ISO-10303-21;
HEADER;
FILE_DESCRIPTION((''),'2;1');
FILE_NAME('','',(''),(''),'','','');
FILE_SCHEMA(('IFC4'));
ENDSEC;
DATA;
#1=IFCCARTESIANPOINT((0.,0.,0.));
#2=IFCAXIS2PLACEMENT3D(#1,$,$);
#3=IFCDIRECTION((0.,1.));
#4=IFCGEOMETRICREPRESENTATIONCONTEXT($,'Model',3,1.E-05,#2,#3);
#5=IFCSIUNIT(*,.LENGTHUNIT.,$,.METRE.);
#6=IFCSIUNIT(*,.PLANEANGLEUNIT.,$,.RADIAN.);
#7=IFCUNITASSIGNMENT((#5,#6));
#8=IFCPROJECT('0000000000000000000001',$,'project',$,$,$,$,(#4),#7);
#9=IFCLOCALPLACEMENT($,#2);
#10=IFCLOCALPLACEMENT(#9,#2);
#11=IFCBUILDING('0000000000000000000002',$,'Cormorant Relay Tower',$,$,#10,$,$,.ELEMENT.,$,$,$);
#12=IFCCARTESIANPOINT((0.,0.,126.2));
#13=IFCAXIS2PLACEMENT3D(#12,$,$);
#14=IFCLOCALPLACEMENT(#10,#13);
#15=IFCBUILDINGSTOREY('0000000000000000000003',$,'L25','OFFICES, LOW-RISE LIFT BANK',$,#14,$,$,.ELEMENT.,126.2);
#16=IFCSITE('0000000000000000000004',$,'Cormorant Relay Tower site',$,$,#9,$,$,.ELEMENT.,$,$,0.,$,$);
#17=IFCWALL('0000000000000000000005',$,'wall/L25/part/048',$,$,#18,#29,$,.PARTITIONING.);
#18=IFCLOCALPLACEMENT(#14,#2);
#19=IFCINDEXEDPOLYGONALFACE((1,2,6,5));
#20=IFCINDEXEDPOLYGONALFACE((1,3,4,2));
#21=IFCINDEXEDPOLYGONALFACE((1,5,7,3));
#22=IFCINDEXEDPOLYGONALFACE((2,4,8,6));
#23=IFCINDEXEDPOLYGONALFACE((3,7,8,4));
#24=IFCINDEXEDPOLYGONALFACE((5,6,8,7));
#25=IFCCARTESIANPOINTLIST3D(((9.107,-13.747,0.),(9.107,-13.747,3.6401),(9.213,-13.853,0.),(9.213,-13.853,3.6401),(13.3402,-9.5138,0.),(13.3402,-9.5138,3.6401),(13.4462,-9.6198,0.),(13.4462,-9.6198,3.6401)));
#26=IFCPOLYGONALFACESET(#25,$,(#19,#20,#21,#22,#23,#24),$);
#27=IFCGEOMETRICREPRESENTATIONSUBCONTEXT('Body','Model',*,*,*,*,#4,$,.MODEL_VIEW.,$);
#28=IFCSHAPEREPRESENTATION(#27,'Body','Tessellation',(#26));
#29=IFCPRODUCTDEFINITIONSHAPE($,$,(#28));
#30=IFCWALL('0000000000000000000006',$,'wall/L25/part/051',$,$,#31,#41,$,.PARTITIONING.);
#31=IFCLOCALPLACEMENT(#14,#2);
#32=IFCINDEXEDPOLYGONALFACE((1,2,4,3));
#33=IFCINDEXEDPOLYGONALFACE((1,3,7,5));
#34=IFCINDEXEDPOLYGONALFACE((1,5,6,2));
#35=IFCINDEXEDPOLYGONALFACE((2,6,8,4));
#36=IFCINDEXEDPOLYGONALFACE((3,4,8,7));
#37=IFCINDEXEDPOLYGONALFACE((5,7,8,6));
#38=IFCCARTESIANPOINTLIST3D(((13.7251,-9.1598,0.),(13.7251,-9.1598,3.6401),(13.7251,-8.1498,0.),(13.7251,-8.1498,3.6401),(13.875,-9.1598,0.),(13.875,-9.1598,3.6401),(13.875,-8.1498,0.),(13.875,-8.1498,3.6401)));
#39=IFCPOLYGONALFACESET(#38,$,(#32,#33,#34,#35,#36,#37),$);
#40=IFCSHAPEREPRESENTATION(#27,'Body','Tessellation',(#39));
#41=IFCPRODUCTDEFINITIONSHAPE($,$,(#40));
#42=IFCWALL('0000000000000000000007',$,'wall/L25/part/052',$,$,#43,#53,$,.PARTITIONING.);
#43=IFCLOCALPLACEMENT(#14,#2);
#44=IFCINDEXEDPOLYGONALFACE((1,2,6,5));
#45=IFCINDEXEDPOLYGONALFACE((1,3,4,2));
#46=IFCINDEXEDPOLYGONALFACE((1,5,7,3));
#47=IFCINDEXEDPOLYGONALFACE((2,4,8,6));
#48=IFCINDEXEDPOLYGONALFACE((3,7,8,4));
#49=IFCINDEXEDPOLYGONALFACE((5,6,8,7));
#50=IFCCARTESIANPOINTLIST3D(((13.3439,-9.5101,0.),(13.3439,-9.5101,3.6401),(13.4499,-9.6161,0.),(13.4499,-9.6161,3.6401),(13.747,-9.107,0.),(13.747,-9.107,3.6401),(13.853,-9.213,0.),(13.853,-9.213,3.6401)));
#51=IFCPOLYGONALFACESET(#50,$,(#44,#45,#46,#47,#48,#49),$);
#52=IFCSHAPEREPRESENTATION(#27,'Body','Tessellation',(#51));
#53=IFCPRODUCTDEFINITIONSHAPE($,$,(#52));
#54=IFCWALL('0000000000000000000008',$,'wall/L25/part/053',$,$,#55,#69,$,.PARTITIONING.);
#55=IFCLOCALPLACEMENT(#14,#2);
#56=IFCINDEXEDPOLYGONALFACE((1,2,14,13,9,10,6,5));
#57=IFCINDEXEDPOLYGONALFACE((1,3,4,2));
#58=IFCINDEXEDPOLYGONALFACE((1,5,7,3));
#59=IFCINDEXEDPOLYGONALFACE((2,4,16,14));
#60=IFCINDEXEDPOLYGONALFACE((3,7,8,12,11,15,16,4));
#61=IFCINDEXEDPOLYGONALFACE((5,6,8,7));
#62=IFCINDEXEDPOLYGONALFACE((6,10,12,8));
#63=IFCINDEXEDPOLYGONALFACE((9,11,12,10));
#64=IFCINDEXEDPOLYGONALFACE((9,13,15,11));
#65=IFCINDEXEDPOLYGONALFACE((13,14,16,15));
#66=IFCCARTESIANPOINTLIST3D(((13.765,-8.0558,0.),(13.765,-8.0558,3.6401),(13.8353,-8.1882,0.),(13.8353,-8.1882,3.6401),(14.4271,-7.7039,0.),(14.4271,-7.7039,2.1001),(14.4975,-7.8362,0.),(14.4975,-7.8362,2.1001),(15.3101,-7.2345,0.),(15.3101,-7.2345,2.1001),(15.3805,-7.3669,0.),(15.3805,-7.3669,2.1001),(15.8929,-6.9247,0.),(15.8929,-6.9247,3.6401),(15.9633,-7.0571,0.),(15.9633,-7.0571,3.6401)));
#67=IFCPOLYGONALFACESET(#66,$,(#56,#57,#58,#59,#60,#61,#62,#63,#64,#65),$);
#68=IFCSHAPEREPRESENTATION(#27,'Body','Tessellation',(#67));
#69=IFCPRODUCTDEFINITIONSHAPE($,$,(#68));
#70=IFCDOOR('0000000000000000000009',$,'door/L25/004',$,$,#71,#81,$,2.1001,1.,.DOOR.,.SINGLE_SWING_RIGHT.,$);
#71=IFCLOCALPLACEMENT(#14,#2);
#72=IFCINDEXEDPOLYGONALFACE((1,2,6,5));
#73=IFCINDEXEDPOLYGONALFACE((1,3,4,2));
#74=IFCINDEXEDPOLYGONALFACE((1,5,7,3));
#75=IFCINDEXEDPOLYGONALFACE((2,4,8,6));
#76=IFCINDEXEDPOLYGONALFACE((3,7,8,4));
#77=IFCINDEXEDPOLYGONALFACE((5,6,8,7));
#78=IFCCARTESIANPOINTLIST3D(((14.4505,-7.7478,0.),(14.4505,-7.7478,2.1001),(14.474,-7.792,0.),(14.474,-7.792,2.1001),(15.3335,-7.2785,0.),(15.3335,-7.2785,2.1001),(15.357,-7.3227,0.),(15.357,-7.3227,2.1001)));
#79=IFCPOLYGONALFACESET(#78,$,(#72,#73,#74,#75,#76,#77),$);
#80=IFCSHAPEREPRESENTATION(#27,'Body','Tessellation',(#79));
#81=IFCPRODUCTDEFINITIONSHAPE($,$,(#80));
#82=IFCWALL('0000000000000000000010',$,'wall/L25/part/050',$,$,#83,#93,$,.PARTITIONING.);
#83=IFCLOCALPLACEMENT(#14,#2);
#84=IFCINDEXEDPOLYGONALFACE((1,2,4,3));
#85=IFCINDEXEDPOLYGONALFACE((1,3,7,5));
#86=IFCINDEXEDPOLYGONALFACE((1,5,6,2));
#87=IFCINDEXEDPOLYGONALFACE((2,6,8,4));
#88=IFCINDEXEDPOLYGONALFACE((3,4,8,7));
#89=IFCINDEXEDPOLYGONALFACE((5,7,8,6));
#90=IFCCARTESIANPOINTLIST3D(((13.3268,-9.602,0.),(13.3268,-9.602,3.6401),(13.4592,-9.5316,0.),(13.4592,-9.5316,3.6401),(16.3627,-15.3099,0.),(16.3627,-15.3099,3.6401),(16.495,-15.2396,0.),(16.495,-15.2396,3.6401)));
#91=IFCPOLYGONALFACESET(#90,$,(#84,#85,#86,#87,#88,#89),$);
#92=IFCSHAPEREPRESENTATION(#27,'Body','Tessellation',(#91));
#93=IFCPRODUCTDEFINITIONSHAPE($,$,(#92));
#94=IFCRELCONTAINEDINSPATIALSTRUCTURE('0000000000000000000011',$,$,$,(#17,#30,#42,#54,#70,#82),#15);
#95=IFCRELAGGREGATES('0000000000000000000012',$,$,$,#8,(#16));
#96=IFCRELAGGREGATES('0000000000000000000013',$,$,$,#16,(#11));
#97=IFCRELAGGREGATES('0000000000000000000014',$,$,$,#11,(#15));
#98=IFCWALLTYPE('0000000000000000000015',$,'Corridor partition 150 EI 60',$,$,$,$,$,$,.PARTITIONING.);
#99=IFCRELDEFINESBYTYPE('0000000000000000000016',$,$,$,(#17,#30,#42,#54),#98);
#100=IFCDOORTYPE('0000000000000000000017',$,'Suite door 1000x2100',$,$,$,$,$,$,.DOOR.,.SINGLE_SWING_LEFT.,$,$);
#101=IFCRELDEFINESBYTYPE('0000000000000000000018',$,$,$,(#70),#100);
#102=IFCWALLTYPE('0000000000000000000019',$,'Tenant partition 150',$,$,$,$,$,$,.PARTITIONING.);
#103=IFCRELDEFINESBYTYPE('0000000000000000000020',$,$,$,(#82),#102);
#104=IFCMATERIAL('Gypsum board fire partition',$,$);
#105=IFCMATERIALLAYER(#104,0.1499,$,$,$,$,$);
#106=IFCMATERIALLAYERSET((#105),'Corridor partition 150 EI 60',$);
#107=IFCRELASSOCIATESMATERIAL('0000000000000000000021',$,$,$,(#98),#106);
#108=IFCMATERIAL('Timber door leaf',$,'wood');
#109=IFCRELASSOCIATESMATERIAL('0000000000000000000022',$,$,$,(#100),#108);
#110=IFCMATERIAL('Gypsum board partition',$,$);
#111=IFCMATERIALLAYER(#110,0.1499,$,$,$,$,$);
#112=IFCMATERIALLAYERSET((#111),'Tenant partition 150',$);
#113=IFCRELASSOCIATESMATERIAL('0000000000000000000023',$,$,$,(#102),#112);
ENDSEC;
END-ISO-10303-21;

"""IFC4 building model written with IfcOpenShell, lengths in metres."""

from ifc_helpers import new_model, si_unit, direction, frame, frame_2d, origin, place, context, subcontext, project, spatial, rectangle, extrude, material, layer, layer_set, type_object, element, fill, save


model = new_model("IFC4")

# Units and contexts
model_context = context("Model", 3, precision=1e-05, world=origin(), true_north=direction((0.0, 1.0)))
body_context = subcontext(model_context, "Body", "Model", "MODEL_VIEW")
ifc_project = project(units=[si_unit("LENGTHUNIT", "METRE"), si_unit("PLANEANGLEUNIT", "RADIAN")], contexts=[model_context])

# Site, building, storey
site_placement = place(None, origin())
site = spatial("IfcSite", under=ifc_project, at=site_placement, Name="Cormorant Relay Tower site", CompositionType="ELEMENT", RefElevation=0.0)
building_placement = place(site_placement, origin())
building = spatial("IfcBuilding", under=site, at=building_placement, Name="Cormorant Relay Tower", CompositionType="ELEMENT")
storey_placement = place(building_placement, frame((0.0, 0.0, 126.2)))
storey = spatial("IfcBuildingStorey", under=building, at=storey_placement, Name="L25", Description="OFFICES, LOW-RISE LIFT BANK", CompositionType="ELEMENT", Elevation=126.2)

# Walls
ifc_material_1 = material(Name="Gypsum board fire partition")
ifc_layer_1 = layer(ifc_material_1, 0.1499)
ifc_layer_set_1 = layer_set([ifc_layer_1], Name="Corridor partition 150 EI 60")
wall_type_1 = type_object("IfcWallType", Name="Corridor partition 150 EI 60", PredefinedType="PARTITIONING", material=ifc_layer_set_1)
wall_1_placement = place(storey_placement, frame((13.3931, -9.5669, 0.0), z_axis=(0.0, 0.0, 1.0), x_axis=(-0.707107, -0.707107, 0.0)))
element("IfcWall", 1, at=wall_1_placement, inside=storey, type_object=wall_type_1, Name="wall/L25/part/048", PredefinedType="PARTITIONING", context=body_context, shape_type="SweptSolid", body=[
    extrude(rectangle(XDim=5.9866, YDim=0.1499, at=frame_2d((2.9932, 0.0))), origin(), (0.0, 0.0, 1.0), 3.6401),
])
wall_2_placement = place(storey_placement, frame((13.8, -8.1499, 0.0), z_axis=(0.0, 0.0, 1.0), x_axis=(0.0, -1.0, 0.0)))
element("IfcWall", 2, at=wall_2_placement, inside=storey, type_object=wall_type_1, Name="wall/L25/part/051", PredefinedType="PARTITIONING", context=body_context, shape_type="SweptSolid", body=[
    extrude(rectangle(XDim=1.01, YDim=0.1499, at=frame_2d((0.5049, 0.0))), origin(), (0.0, 0.0, 1.0), 3.6401),
])
wall_3_placement = place(storey_placement, frame((13.8, -9.1599, 0.0), z_axis=(0.0, 0.0, 1.0), x_axis=(-0.707107, -0.707107, 0.0)))
element("IfcWall", 3, at=wall_3_placement, inside=storey, type_object=wall_type_1, Name="wall/L25/part/052", PredefinedType="PARTITIONING", context=body_context, shape_type="SweptSolid", body=[
    extrude(rectangle(XDim=0.5701, YDim=0.1499, at=frame_2d((0.2852, 0.0))), origin(), (0.0, 0.0, 1.0), 3.6401),
])

# Wall, opening, door
wall_4_placement = place(storey_placement, frame((13.8, -8.1221, 0.0), z_axis=(0.0, 0.0, 1.0), x_axis=(0.883006, 0.469363, 0.0)))
wall_4 = element("IfcWall", 4, at=wall_4_placement, inside=storey, type_object=wall_type_1, Name="wall/L25/part/053", PredefinedType="PARTITIONING", context=body_context, shape_type="SweptSolid", body=[
    extrude(rectangle(XDim=2.4099, YDim=0.1499, at=frame_2d((1.2051, 0.0))), origin(), (0.0, 0.0, 1.0), 3.6401),
])
opening_1_placement = place(wall_4_placement, frame((0.75, 0.0, 0.0)))
opening_1 = element("IfcOpeningElement", 5, at=opening_1_placement, cuts=wall_4, PredefinedType="OPENING", context=body_context, shape_type="SweptSolid", body=[
    extrude(rectangle(XDim=1.0, YDim=2.1001, at=frame_2d((0.5, 1.05))), frame((0.0, 0.085, 0.0), z_axis=(0.0, -1.0, 0.0), x_axis=(1.0, 0.0, 0.0)), (0.0, 0.0, 1.0), 0.1699),
])
ifc_material_2 = material(Name="Timber door leaf", Category="wood")
door_type_1 = type_object("IfcDoorType", Name="Suite door 1000x2100", OperationType="SINGLE_SWING_LEFT", PredefinedType="DOOR", material=ifc_material_2)
door_1_placement = place(opening_1_placement, frame((1.0, 0.0, 0.0), z_axis=(0.0, 0.0, 1.0), x_axis=(-1.0, 0.0, 0.0)))
door_1 = element("IfcDoor", 6, at=door_1_placement, inside=storey, type_object=door_type_1, Name="door/L25/004", OperationType="SINGLE_SWING_RIGHT", OverallHeight=2.1001, OverallWidth=1.0, PredefinedType="DOOR", context=body_context, shape_type="SweptSolid", body=[
    extrude(rectangle(XDim=1.0, YDim=2.1001, at=frame_2d((0.5, 1.05))), frame((0.0, 0.0249, 0.0), z_axis=(0.0, -1.0, 0.0), x_axis=(1.0, 0.0, 0.0)), (0.0, 0.0, 1.0), 0.05),
])
fill(opening_1, door_1)

# Wall
ifc_material_3 = material(Name="Gypsum board partition")
ifc_layer_2 = layer(ifc_material_3, 0.1499)
ifc_layer_set_2 = layer_set([ifc_layer_2], Name="Tenant partition 150")
wall_type_2 = type_object("IfcWallType", Name="Tenant partition 150", PredefinedType="PARTITIONING", material=ifc_layer_set_2)
wall_5_placement = place(storey_placement, frame((13.3931, -9.5669, 0.0), z_axis=(0.0, 0.0, 1.0), x_axis=(0.469579, -0.882891, 0.0)))
element("IfcWall", 7, at=wall_5_placement, inside=storey, type_object=wall_type_2, Name="wall/L25/part/050", PredefinedType="PARTITIONING", context=body_context, shape_type="SweptSolid", body=[
    extrude(rectangle(XDim=6.4651, YDim=0.1499, at=frame_2d((3.2324, 0.0))), origin(), (0.0, 0.0, 1.0), 3.6401),
])

save(model, "model.ifc")
